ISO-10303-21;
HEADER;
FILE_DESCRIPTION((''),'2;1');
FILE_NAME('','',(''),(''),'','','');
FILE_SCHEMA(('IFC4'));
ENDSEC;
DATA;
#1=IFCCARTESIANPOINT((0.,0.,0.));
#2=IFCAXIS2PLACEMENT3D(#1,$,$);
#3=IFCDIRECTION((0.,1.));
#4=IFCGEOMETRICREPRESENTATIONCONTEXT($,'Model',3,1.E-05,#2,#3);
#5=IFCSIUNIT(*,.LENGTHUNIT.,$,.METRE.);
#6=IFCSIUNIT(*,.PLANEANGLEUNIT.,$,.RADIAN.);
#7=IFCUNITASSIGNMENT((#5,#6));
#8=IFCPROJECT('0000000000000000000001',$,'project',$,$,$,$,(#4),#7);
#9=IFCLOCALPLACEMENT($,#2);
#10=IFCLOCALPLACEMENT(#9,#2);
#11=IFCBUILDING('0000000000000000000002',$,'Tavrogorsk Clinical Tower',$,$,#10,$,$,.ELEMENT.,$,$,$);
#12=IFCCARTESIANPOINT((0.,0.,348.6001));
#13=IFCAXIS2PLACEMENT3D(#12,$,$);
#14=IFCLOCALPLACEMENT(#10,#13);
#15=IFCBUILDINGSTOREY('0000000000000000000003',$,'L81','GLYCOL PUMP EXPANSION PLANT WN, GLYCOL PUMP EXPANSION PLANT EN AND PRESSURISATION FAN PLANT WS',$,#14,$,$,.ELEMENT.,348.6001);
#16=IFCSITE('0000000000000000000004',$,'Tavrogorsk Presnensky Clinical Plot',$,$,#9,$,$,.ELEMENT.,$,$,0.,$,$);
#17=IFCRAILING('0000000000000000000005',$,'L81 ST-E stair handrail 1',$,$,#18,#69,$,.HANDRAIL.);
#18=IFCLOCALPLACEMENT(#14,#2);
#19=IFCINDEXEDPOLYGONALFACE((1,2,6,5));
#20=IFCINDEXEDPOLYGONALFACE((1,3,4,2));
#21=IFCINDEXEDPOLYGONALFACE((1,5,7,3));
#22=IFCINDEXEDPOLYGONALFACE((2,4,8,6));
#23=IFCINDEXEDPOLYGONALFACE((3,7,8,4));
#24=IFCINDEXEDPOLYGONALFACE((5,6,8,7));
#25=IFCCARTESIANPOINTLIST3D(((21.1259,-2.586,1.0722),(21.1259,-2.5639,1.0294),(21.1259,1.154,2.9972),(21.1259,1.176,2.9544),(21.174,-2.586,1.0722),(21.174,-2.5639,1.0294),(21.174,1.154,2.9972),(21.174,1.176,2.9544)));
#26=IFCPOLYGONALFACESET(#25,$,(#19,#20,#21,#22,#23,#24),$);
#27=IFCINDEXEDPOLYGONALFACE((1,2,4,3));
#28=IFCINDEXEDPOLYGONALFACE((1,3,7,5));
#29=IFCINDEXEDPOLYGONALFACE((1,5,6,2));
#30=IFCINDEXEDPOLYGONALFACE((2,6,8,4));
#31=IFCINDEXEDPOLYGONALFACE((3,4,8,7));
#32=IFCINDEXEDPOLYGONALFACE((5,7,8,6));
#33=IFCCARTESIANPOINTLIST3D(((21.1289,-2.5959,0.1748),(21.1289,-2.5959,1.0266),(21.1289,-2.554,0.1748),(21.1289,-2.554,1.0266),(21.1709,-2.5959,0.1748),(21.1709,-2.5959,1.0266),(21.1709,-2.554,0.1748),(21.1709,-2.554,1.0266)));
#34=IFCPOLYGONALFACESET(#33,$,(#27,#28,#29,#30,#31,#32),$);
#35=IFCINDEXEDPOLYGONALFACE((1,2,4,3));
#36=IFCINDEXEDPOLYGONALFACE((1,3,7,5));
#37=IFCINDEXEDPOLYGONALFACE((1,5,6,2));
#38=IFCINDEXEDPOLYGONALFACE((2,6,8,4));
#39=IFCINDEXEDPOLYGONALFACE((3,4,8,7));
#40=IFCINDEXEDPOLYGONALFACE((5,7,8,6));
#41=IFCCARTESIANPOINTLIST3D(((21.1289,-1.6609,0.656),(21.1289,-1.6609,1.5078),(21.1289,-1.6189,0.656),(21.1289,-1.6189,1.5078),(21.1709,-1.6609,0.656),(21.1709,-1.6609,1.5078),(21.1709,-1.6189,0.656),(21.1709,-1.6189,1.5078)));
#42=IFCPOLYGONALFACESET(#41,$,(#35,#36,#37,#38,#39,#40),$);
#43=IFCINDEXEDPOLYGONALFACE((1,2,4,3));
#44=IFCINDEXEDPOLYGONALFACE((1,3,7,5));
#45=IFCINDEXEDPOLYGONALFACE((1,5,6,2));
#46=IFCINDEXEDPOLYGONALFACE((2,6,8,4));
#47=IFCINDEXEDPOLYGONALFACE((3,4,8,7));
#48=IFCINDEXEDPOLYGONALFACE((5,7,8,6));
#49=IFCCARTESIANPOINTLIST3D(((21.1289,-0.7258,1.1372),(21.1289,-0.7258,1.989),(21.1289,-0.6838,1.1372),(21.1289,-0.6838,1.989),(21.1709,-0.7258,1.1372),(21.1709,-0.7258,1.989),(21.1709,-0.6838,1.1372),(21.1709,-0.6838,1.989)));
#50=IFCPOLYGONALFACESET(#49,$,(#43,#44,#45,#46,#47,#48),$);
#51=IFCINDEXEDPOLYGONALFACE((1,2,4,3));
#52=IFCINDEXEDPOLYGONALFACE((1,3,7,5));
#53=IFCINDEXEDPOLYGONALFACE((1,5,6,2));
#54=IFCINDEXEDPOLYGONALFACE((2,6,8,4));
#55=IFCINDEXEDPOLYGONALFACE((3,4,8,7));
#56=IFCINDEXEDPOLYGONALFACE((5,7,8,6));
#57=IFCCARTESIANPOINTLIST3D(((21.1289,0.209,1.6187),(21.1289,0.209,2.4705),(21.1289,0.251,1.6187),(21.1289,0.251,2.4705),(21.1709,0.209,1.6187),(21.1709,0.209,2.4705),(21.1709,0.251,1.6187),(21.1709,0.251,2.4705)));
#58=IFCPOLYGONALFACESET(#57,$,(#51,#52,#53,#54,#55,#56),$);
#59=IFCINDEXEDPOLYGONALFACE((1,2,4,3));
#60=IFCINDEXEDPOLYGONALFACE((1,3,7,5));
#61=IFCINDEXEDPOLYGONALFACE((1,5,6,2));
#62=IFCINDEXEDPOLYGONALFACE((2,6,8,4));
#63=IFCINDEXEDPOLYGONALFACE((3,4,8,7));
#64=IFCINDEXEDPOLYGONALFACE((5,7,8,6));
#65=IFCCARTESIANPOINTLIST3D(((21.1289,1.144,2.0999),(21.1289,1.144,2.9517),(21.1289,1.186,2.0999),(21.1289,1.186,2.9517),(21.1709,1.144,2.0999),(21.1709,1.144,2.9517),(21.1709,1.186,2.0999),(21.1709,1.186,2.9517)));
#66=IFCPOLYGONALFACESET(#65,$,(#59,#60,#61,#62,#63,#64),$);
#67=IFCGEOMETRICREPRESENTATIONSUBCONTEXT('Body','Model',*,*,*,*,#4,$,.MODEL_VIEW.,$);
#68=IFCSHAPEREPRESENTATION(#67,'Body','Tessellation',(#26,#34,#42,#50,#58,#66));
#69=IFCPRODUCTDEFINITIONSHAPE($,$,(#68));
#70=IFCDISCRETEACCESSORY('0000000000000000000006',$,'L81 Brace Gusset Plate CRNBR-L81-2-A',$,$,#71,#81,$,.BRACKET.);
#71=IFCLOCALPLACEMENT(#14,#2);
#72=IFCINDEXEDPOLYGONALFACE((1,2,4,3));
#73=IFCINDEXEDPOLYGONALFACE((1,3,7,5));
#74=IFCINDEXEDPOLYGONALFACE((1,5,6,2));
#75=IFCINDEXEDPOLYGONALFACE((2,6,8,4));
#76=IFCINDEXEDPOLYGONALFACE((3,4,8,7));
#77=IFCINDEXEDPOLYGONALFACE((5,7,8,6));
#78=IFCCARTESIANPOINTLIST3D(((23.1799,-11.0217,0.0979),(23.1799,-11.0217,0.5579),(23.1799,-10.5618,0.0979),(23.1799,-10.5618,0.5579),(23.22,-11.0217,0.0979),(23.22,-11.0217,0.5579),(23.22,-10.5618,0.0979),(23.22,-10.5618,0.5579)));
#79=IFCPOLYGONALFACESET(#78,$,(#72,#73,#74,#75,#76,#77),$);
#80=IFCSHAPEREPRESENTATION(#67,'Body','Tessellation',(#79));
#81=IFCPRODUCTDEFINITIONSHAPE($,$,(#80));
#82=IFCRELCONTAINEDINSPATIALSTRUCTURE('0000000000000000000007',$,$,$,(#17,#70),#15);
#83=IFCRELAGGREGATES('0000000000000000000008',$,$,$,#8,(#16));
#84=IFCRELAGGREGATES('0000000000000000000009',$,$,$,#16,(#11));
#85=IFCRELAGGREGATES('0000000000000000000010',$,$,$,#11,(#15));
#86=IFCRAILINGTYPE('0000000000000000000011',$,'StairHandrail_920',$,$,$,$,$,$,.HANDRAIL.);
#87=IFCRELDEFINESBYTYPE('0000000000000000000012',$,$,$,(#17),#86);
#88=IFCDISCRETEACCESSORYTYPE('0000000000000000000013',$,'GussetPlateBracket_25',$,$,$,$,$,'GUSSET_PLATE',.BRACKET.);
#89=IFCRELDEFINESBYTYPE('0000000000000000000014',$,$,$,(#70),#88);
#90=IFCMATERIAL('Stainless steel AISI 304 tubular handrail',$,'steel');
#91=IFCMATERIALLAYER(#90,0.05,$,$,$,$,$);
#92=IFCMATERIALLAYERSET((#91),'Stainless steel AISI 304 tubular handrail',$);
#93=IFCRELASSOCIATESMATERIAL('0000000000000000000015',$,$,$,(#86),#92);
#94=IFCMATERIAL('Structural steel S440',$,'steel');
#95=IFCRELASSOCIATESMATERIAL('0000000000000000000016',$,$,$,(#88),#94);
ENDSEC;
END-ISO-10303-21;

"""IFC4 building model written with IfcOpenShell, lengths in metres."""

from ifc_helpers import new_model, si_unit, direction, frame, origin, origin_2d, place, context, subcontext, project, spatial, rectangle, extrude, material, layer, layer_set, type_object, element, save


model = new_model("IFC4")

# Units and contexts
model_context = context("Model", 3, precision=1e-05, world=origin(), true_north=direction((0.0, 1.0)))
body_context = subcontext(model_context, "Body", "Model", "MODEL_VIEW")
ifc_project = project(units=[si_unit("LENGTHUNIT", "METRE"), si_unit("PLANEANGLEUNIT", "RADIAN")], contexts=[model_context])

# Site, building, storey
site_placement = place(None, origin())
site = spatial("IfcSite", under=ifc_project, at=site_placement, Name="Tavrogorsk Presnensky Clinical Plot", CompositionType="ELEMENT", RefElevation=0.0)
building_placement = place(site_placement, origin())
building = spatial("IfcBuilding", under=site, at=building_placement, Name="Tavrogorsk Clinical Tower", CompositionType="ELEMENT")
storey_placement = place(building_placement, frame((0.0, 0.0, 348.6001)))
storey = spatial("IfcBuildingStorey", under=building, at=storey_placement, Name="L81", Description="GLYCOL PUMP EXPANSION PLANT WN, GLYCOL PUMP EXPANSION PLANT EN AND PRESSURISATION FAN PLANT WS", CompositionType="ELEMENT", Elevation=348.6001)

# Railing
ifc_material_1 = material(Name="Stainless steel AISI 304 tubular handrail", Category="steel")
ifc_layer_1 = layer(ifc_material_1, 0.05)
ifc_layer_set_1 = layer_set([ifc_layer_1], Name="Stainless steel AISI 304 tubular handrail")
railing_type_1 = type_object("IfcRailingType", Name="StairHandrail_920", PredefinedType="HANDRAIL", material=ifc_layer_set_1)
railing_1_placement = place(storey_placement, frame((21.1499, -2.575, 0.1748)))
element("IfcRailing", 1, at=railing_1_placement, inside=storey, type_object=railing_type_1, Name="L81 ST-E stair handrail 1", PredefinedType="HANDRAIL", context=body_context, shape_type="SweptSolid", body=[
    extrude(rectangle(XDim=0.0481, YDim=0.0481, at=origin_2d()), frame((0.0, 0.0, 0.876), z_axis=(0.0, 0.889131, 0.457654), x_axis=(-1.0, 0.0, 0.0)), (0.0, 0.0, 1.0), 4.2063),
    extrude(rectangle(XDim=0.042, YDim=0.042, at=origin_2d()), origin(), (0.0, 0.0, 1.0), 0.8518),
    extrude(rectangle(XDim=0.042, YDim=0.042, at=origin_2d()), frame((0.0, 0.9351, 0.4812)), (0.0, 0.0, 1.0), 0.8518),
    extrude(rectangle(XDim=0.042, YDim=0.042, at=origin_2d()), frame((0.0, 1.8701, 0.9624)), (0.0, 0.0, 1.0), 0.8518),
    extrude(rectangle(XDim=0.042, YDim=0.042, at=origin_2d()), frame((0.0, 2.8049, 1.4438)), (0.0, 0.0, 1.0), 0.8518),
    extrude(rectangle(XDim=0.042, YDim=0.042, at=origin_2d()), frame((0.0, 3.74, 1.925)), (0.0, 0.0, 1.0), 0.8518),
])

# Discrete accessory
ifc_material_2 = material(Name="Structural steel S440", Category="steel")
discrete_accessory_type = type_object("IfcDiscreteAccessoryType", Name="GussetPlateBracket_25", ElementType="GUSSET_PLATE", PredefinedType="BRACKET", material=ifc_material_2)
discrete_accessory_placement = place(storey_placement, frame((23.2, -10.7917, 0.0979), z_axis=(0.0, 0.0, 1.0), x_axis=(0.0, 1.0, 0.0)))
element("IfcDiscreteAccessory", 2, at=discrete_accessory_placement, inside=storey, type_object=discrete_accessory_type, Name="L81 Brace Gusset Plate CRNBR-L81-2-A", PredefinedType="BRACKET", context=body_context, shape_type="SweptSolid", body=[
    extrude(rectangle(XDim=0.46, YDim=0.04, at=origin_2d()), origin(), (0.0, 0.0, 1.0), 0.46),
])

save(model, "model.ifc")
